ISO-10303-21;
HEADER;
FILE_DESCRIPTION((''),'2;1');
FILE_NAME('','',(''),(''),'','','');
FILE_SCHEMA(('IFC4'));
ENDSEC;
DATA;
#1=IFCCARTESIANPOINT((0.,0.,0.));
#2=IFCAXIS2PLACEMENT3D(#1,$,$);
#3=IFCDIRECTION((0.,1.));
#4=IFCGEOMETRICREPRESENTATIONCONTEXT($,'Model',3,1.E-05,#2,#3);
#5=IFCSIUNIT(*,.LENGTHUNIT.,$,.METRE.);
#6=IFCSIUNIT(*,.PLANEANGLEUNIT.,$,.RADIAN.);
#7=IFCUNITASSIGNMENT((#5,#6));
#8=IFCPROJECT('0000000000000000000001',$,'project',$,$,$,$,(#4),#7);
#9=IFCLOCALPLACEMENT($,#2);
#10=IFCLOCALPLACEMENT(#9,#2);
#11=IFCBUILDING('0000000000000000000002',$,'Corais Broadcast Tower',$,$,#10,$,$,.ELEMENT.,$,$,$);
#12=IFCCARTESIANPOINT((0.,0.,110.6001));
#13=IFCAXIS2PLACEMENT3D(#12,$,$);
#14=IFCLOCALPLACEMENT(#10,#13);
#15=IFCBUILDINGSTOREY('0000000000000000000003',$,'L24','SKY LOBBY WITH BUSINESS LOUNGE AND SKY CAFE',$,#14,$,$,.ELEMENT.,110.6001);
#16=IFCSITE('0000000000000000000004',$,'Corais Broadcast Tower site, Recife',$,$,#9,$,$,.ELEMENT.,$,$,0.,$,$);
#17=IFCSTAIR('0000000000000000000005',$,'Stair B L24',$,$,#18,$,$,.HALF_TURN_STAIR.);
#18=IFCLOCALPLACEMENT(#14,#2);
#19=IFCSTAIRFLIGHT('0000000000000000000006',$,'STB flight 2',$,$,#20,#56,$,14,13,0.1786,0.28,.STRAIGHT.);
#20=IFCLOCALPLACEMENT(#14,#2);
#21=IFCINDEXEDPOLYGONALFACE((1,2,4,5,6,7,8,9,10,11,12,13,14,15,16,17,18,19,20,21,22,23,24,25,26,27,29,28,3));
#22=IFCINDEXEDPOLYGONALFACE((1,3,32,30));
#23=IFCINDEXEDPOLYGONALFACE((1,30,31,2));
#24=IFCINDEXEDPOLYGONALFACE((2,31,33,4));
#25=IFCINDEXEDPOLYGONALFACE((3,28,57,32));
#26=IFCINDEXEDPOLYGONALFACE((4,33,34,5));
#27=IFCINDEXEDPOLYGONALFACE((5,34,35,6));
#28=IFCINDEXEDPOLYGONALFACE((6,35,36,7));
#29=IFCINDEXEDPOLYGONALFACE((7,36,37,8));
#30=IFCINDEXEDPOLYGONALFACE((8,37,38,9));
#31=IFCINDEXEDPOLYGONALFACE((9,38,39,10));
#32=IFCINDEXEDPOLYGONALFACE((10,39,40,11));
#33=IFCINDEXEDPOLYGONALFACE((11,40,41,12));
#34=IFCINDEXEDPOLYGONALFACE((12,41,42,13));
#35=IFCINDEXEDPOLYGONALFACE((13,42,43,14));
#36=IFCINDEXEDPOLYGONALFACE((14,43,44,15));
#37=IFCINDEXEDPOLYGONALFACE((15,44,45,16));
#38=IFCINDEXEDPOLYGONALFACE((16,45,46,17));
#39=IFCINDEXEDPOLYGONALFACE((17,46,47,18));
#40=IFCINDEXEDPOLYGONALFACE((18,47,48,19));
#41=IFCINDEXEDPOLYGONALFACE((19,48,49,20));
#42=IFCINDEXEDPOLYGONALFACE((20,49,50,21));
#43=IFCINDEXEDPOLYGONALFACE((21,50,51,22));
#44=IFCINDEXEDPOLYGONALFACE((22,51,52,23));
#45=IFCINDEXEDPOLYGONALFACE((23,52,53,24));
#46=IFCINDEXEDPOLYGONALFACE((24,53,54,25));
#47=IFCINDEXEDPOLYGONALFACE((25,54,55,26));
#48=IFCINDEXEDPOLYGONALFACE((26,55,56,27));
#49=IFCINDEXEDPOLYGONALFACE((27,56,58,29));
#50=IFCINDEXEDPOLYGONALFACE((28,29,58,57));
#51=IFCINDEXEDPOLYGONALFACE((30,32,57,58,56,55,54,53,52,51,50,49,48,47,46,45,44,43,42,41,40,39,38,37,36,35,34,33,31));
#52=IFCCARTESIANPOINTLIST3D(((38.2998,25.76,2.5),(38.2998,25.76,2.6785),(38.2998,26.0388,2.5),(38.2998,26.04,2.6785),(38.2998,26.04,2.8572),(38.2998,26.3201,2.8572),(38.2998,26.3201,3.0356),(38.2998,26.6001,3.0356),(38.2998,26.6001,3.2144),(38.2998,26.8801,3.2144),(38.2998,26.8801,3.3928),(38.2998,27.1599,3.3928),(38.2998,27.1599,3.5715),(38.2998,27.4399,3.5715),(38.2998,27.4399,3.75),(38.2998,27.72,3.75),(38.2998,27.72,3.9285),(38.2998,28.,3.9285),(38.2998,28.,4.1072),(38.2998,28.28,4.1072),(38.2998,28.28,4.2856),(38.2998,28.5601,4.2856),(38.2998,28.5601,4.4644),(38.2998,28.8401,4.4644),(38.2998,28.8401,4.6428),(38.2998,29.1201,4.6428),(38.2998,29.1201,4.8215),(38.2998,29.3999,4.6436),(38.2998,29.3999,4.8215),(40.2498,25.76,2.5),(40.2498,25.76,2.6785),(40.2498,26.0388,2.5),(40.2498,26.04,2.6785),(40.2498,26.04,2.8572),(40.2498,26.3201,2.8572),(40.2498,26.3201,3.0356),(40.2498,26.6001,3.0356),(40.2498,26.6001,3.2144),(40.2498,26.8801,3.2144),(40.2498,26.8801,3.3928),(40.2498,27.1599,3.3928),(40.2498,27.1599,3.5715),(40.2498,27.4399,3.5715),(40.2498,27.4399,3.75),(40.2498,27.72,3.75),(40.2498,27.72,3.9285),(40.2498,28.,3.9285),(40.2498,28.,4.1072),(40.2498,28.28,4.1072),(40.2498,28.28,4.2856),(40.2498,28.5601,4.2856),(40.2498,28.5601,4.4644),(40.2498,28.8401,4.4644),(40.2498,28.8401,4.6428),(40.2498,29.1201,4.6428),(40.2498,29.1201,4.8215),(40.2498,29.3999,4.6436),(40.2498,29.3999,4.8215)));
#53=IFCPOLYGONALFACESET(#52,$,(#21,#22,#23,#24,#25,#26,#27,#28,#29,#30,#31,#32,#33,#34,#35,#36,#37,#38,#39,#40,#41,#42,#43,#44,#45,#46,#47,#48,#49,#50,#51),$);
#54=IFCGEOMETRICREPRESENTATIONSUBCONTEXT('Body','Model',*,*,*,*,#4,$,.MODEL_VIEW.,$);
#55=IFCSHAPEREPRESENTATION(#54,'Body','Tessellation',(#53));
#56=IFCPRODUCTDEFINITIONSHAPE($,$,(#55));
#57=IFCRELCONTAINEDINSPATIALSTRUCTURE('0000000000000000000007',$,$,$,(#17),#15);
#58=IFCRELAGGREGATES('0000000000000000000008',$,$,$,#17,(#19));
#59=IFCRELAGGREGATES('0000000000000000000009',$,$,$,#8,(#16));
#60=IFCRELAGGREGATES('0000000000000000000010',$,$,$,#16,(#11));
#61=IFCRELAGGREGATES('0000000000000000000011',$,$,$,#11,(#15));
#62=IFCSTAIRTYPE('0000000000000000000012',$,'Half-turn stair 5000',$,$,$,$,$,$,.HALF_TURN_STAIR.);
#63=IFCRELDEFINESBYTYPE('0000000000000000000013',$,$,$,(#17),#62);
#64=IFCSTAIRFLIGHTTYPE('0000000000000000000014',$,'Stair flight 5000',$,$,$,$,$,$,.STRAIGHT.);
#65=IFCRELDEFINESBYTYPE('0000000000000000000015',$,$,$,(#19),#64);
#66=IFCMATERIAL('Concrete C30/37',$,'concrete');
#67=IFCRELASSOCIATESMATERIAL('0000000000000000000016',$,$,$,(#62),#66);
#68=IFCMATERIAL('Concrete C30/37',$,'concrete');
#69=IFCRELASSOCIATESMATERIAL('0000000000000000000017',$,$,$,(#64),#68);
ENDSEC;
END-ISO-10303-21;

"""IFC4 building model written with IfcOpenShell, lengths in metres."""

from ifc_helpers import new_model, si_unit, direction, frame, origin, place, context, subcontext, project, spatial, polyline, outline, extrude, material, type_object, element, aggregate, save


model = new_model("IFC4")

# Units and contexts
model_context = context("Model", 3, precision=1e-05, world=origin(), true_north=direction((0.0, 1.0)))
body_context = subcontext(model_context, "Body", "Model", "MODEL_VIEW")
ifc_project = project(units=[si_unit("LENGTHUNIT", "METRE"), si_unit("PLANEANGLEUNIT", "RADIAN")], contexts=[model_context])

# Site, building, storey
site_placement = place(None, origin())
site = spatial("IfcSite", under=ifc_project, at=site_placement, Name="Corais Broadcast Tower site, Recife", CompositionType="ELEMENT", RefElevation=0.0)
building_placement = place(site_placement, origin())
building = spatial("IfcBuilding", under=site, at=building_placement, Name="Corais Broadcast Tower", CompositionType="ELEMENT")
storey_placement = place(building_placement, frame((0.0, 0.0, 110.6001)))
storey = spatial("IfcBuildingStorey", under=building, at=storey_placement, Name="L24", Description="SKY LOBBY WITH BUSINESS LOUNGE AND SKY CAFE", CompositionType="ELEMENT", Elevation=110.6001)

# Stair, stair flight
ifc_material_1 = material(Name="Concrete C30/37", Category="concrete")
stair_type = type_object("IfcStairType", Name="Half-turn stair 5000", PredefinedType="HALF_TURN_STAIR", material=ifc_material_1)
stair_placement = place(storey_placement, origin())
stair = element("IfcStair", 1, at=stair_placement, inside=storey, type_object=stair_type, Name="Stair B L24", PredefinedType="HALF_TURN_STAIR")
ifc_material_2 = material(Name="Concrete C30/37", Category="concrete")
stair_flight_type = type_object("IfcStairFlightType", Name="Stair flight 5000", PredefinedType="STRAIGHT", material=ifc_material_2)
stair_flight_placement = place(storey_placement, frame((39.2749, 25.76, 2.5), z_axis=(0.0, 0.0, 1.0), x_axis=(0.0, 1.0, 0.0)))
stair_flight = element("IfcStairFlight", 2, at=stair_flight_placement, type_object=stair_flight_type, Name="STB flight 2", NumberOfRisers=14, NumberOfTreads=13, PredefinedType="STRAIGHT", RiserHeight=0.1786, TreadLength=0.28, context=body_context, shape_type="SweptSolid", body=[
    extrude(outline(polyline([(0.0, 0.0), (0.0, 0.1785), (0.28, 0.1785), (0.28, 0.3572), (0.5601, 0.3572), (0.5601, 0.5356), (0.8401, 0.5356), (0.8401, 0.7144), (1.1201, 0.7144), (1.1201, 0.8928), (1.3999, 0.8928), (1.3999, 1.0715), (1.6799, 1.0715), (1.6799, 1.25), (1.96, 1.25), (1.96, 1.4285), (2.24, 1.4285), (2.24, 1.6072), (2.52, 1.6072), (2.52, 1.7856), (2.8, 1.7856), (2.8, 1.9644), (3.0801, 1.9644), (3.0801, 2.1428), (3.3601, 2.1428), (3.3601, 2.3215), (3.6399, 2.3215), (3.6399, 2.5), (3.6399, 2.1436), (0.2788, 0.0), (0.0, 0.0)])), frame((0.0, 0.9751, 0.0), z_axis=(0.0, -1.0, 0.0), x_axis=(1.0, 0.0, 0.0)), (0.0, 0.0, 1.0), 1.95),
])
aggregate(stair, [stair_flight])

save(model, "model.ifc")
